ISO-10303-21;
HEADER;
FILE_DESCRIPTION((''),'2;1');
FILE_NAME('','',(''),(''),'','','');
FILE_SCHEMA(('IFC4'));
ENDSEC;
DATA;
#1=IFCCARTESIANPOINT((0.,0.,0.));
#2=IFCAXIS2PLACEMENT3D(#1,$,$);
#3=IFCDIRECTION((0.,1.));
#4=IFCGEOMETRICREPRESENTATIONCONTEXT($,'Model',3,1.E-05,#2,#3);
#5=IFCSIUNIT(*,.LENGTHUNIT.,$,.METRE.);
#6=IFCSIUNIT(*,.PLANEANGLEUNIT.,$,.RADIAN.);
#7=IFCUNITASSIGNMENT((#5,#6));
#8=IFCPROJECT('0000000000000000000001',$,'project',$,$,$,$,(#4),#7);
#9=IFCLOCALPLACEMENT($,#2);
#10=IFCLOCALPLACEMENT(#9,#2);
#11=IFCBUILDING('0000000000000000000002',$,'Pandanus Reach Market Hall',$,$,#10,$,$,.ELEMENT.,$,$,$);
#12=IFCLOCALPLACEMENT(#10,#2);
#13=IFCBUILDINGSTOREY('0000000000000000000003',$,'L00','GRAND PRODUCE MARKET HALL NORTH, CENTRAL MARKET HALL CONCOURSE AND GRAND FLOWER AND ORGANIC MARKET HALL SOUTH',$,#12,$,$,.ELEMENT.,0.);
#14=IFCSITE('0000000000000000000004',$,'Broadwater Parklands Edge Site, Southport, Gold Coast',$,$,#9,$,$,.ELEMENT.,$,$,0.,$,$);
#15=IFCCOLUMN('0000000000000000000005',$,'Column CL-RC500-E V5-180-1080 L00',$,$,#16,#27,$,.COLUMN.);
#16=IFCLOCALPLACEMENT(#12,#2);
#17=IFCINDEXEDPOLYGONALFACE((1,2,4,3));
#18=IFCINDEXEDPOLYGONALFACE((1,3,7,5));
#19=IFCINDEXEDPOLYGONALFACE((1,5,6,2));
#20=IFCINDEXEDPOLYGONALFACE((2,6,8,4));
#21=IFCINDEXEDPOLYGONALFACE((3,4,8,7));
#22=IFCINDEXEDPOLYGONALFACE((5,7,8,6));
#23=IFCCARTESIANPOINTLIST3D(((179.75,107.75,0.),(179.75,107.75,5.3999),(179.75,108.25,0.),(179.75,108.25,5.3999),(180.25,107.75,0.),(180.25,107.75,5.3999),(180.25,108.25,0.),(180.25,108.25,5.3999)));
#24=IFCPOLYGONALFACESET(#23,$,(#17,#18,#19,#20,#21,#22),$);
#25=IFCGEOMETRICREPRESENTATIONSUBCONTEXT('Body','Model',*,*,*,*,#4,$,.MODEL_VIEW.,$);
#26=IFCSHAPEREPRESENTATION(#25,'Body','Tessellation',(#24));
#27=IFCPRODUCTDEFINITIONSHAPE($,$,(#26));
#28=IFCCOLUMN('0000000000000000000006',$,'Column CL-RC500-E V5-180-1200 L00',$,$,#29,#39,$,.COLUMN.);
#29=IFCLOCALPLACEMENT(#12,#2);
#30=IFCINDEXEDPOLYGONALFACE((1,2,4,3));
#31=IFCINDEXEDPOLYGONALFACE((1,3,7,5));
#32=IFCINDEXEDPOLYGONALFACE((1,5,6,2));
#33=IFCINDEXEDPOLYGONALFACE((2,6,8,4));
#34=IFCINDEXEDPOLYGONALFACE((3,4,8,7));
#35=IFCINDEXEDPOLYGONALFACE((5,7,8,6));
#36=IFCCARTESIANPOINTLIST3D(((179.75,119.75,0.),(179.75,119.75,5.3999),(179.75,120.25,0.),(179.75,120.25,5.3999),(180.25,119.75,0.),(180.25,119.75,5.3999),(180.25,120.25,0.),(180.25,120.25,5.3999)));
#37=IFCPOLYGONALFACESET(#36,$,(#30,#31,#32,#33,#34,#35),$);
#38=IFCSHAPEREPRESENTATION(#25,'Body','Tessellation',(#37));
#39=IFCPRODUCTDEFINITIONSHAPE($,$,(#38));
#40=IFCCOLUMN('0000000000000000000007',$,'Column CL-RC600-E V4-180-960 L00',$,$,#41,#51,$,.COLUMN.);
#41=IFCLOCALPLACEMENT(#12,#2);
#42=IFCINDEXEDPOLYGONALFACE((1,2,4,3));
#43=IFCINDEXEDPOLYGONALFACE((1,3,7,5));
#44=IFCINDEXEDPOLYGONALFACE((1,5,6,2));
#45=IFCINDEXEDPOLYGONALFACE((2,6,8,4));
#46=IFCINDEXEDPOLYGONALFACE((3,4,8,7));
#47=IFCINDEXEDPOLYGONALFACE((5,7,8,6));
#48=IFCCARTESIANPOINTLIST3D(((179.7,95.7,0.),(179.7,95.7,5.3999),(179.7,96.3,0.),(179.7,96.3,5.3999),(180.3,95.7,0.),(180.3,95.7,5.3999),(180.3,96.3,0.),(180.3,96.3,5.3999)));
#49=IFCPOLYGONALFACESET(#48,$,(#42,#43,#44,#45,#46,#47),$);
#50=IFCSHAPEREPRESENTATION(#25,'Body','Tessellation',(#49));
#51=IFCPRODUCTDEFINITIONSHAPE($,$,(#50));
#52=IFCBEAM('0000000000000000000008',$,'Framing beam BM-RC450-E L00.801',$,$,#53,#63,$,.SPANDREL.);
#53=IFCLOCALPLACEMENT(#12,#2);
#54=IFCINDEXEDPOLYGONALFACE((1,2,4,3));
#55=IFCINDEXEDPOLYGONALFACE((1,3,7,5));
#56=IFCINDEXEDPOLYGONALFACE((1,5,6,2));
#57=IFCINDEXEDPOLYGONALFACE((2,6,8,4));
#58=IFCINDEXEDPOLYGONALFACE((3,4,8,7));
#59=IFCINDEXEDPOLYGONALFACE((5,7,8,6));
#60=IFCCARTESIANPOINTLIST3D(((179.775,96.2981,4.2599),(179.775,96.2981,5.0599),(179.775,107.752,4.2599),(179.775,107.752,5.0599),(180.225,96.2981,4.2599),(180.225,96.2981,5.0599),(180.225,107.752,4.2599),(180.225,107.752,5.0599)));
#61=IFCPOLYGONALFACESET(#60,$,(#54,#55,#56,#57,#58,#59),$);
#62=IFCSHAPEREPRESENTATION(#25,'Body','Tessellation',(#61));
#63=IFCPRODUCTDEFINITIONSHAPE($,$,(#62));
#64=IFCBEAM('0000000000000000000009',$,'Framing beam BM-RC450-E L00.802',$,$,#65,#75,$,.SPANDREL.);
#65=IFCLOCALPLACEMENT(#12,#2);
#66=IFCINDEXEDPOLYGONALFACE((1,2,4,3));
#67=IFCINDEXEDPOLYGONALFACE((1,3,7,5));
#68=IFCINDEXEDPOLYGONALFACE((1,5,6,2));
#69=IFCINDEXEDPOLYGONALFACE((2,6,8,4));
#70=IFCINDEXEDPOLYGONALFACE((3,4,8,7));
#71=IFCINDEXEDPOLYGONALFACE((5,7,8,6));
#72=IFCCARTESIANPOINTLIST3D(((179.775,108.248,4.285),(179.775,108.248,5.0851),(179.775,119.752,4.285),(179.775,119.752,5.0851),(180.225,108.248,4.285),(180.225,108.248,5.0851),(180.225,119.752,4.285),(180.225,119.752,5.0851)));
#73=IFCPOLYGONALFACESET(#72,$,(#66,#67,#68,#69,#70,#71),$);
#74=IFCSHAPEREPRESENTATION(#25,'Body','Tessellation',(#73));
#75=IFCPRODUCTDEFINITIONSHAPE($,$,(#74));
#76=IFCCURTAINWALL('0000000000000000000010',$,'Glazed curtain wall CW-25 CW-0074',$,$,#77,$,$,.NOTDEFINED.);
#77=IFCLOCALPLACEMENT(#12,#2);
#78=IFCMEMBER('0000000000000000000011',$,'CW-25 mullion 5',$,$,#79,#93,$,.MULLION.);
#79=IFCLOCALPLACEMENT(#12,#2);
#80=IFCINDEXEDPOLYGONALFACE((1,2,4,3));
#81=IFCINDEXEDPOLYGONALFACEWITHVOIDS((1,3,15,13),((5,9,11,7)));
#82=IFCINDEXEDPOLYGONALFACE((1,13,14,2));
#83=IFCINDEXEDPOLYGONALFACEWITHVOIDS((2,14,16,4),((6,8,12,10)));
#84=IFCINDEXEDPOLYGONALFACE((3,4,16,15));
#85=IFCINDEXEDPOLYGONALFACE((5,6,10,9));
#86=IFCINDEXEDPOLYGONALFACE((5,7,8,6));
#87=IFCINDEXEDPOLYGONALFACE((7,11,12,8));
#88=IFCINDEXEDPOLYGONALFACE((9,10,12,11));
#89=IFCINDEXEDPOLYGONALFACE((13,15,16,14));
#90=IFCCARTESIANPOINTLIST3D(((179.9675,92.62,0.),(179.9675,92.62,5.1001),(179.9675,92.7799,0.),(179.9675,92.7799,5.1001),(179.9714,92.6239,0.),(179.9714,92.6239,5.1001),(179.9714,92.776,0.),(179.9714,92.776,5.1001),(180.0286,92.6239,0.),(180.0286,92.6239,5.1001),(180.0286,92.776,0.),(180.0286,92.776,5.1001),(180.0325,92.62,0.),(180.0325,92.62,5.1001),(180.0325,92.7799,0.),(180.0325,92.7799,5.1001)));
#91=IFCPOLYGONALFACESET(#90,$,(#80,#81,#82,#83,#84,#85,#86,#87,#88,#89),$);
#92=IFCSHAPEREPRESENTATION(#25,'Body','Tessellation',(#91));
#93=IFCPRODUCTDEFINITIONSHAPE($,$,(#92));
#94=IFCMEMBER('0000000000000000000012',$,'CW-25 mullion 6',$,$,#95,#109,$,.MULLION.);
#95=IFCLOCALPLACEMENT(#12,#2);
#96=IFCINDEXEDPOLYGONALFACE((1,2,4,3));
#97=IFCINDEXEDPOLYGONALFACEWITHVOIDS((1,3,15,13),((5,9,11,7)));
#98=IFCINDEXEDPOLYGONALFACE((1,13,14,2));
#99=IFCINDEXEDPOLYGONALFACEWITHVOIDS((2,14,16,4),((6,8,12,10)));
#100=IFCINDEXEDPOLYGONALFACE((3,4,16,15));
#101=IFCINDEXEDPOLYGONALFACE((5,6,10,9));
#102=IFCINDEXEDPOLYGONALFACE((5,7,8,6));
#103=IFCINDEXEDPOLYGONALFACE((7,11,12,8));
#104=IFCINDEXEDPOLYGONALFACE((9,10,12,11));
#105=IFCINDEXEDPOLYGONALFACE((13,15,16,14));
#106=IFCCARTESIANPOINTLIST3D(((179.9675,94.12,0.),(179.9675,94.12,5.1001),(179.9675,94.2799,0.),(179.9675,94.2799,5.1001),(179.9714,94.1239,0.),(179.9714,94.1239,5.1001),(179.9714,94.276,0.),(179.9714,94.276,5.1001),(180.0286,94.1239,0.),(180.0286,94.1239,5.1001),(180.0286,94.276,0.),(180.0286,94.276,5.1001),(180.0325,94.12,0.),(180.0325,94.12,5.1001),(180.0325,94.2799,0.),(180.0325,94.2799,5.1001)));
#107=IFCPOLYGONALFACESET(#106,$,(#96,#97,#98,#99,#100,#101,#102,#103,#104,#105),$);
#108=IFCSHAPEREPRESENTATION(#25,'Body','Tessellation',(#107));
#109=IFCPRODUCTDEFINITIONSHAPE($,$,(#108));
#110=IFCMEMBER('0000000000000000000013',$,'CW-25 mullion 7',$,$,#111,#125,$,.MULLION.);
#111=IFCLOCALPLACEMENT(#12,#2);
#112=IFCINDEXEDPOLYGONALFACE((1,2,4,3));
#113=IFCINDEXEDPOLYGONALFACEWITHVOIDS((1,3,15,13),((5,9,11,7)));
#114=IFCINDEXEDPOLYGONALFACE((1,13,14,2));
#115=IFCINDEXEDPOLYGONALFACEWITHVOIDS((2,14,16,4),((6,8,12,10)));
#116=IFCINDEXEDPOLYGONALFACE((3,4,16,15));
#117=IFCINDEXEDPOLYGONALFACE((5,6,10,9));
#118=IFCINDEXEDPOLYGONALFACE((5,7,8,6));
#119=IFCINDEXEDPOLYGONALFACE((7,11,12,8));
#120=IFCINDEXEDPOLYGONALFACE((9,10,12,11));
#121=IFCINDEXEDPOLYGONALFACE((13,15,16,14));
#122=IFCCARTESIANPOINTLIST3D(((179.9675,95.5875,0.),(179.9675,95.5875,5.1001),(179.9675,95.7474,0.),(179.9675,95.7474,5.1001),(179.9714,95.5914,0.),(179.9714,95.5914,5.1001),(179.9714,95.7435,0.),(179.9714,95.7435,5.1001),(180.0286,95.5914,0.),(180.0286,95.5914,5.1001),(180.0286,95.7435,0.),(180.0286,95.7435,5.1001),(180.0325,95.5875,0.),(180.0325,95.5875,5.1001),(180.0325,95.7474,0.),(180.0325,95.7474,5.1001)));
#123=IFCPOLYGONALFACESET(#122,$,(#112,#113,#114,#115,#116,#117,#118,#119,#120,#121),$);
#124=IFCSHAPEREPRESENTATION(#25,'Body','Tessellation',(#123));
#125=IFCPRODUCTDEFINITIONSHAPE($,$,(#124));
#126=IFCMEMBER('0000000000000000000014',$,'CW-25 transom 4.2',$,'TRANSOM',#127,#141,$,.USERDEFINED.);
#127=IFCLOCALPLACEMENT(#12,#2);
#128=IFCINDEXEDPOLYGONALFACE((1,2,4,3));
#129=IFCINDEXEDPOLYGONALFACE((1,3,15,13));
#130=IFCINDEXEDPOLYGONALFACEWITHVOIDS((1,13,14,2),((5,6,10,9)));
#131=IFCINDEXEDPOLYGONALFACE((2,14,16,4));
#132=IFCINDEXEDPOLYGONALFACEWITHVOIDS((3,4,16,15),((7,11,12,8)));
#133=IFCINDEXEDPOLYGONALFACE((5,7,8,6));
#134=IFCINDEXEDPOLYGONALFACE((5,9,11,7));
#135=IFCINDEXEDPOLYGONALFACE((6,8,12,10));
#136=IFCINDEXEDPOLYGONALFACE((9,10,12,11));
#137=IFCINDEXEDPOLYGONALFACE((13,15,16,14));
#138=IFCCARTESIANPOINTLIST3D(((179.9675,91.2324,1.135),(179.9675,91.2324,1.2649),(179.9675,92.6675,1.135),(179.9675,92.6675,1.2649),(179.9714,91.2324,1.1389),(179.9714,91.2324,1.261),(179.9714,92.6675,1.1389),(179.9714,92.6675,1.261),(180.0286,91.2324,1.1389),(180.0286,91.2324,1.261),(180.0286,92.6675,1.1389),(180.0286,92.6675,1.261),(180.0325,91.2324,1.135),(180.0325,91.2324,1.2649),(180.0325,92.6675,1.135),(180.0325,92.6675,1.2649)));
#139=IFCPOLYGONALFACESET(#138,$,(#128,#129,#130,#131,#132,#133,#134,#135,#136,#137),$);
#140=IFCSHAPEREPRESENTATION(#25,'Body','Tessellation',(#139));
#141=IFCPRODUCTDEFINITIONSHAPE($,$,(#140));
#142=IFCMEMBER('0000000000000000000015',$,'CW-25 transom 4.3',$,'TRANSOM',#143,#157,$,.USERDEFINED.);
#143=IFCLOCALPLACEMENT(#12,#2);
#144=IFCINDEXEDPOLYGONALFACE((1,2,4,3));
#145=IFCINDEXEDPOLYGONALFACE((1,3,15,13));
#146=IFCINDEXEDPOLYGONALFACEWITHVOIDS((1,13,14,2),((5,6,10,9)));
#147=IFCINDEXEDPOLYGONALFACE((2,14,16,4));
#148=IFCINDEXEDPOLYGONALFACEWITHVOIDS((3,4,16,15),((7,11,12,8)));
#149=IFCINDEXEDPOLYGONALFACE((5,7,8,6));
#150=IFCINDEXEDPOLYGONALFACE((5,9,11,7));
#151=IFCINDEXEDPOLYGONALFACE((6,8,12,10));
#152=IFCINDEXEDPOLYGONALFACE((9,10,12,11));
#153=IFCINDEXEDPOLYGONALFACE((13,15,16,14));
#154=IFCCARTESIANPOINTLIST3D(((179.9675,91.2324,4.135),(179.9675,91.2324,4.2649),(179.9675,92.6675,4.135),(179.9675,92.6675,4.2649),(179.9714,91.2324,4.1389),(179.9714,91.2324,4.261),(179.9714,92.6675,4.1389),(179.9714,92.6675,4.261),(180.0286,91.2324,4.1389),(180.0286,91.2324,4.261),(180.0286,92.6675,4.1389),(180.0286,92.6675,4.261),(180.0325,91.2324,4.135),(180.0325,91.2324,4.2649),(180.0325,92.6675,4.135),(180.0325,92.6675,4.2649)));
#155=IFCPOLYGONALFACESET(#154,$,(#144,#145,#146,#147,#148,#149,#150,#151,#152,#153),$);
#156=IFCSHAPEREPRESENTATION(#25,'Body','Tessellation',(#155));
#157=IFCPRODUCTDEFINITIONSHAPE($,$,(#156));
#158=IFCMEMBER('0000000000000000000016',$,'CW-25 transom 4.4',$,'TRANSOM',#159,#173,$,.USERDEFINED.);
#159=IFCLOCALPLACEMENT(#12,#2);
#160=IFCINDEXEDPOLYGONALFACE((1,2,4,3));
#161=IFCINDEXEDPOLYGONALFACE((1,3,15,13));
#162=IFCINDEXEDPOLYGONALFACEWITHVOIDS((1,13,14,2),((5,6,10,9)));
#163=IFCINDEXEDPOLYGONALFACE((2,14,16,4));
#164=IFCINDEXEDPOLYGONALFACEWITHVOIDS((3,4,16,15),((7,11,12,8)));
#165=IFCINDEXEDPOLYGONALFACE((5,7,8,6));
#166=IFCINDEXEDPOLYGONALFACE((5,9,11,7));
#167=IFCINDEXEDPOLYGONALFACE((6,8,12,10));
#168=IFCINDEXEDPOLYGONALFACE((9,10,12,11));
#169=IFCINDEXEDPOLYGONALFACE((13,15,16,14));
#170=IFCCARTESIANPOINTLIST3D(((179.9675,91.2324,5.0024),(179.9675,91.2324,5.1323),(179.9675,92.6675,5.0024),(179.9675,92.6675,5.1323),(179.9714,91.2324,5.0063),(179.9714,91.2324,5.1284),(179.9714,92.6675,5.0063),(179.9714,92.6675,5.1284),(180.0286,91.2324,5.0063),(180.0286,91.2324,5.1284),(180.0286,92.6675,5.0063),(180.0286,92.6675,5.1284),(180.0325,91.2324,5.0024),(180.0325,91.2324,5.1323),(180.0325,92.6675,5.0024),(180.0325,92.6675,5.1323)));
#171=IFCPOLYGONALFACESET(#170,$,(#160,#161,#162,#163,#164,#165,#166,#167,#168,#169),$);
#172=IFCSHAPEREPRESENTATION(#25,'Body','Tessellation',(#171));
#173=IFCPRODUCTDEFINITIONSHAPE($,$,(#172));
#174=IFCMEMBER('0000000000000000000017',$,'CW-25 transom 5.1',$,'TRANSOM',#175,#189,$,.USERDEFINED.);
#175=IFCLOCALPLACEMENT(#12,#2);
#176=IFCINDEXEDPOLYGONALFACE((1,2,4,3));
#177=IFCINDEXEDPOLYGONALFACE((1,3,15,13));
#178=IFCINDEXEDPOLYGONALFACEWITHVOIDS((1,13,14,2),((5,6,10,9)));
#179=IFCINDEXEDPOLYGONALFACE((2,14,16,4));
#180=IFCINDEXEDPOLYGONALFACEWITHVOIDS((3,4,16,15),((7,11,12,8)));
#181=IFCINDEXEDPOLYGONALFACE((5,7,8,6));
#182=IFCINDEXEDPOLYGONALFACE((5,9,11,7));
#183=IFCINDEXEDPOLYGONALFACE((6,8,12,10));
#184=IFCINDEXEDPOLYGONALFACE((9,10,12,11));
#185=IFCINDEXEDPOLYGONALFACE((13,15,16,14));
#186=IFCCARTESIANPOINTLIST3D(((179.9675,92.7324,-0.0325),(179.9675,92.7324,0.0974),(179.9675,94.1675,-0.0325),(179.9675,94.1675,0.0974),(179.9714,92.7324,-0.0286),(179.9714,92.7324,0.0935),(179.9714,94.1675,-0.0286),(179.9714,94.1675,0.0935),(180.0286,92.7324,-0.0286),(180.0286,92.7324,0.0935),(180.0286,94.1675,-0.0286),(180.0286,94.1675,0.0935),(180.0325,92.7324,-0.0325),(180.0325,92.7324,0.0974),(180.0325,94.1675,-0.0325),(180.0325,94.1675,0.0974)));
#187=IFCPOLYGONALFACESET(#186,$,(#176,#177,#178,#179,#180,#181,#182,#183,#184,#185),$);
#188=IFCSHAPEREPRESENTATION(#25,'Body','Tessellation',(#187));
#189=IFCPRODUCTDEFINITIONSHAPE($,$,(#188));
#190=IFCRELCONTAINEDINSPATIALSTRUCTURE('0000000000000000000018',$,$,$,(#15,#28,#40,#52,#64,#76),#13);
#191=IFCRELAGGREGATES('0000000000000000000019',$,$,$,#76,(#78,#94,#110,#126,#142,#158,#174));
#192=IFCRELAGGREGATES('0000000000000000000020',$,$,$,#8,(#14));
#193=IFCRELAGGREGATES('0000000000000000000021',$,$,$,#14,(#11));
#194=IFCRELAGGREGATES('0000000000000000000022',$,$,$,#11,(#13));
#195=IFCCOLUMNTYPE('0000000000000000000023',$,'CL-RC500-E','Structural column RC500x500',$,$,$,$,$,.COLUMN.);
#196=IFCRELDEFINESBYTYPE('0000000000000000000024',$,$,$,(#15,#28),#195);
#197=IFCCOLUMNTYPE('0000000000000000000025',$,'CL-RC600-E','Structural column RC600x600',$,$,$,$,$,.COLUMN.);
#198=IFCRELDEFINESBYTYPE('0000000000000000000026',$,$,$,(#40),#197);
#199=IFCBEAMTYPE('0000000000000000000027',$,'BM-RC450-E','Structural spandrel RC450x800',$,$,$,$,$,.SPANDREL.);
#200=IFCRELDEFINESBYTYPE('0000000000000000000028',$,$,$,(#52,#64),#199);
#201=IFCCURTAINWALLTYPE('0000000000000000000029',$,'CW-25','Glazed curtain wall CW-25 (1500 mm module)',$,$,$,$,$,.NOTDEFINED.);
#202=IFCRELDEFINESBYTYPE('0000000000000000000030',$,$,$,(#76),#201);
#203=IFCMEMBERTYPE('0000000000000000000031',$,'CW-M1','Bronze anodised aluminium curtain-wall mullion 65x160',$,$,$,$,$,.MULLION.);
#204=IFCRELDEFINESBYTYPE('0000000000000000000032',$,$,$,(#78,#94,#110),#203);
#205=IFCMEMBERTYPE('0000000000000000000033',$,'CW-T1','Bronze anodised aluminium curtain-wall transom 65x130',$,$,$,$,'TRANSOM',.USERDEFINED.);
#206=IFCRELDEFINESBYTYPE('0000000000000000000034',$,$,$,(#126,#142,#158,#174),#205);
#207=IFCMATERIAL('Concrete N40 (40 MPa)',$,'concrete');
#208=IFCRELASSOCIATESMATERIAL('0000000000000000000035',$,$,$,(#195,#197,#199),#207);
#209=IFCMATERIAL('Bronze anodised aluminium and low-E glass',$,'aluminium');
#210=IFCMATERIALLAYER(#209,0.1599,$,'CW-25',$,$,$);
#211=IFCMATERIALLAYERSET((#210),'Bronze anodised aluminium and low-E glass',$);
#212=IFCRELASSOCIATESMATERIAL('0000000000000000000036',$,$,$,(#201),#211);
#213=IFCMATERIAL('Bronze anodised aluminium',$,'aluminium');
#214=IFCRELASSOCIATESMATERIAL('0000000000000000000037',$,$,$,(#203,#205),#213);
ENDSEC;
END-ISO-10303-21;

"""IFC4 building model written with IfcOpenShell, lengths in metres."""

from ifc_helpers import new_model, si_unit, direction, frame, origin, origin_2d, place, context, subcontext, project, spatial, rectangle, hollow_rectangle, extrude, material, layer, layer_set, material_profile, profile_set, type_object, element, aggregate, save


model = new_model("IFC4")

# Units and contexts
model_context = context("Model", 3, precision=1e-05, world=origin(), true_north=direction((0.0, 1.0)))
body_context = subcontext(model_context, "Body", "Model", "MODEL_VIEW")
ifc_project = project(units=[si_unit("LENGTHUNIT", "METRE"), si_unit("PLANEANGLEUNIT", "RADIAN")], contexts=[model_context])

# Site, building, storey
site_placement = place(None, origin())
site = spatial("IfcSite", under=ifc_project, at=site_placement, Name="Broadwater Parklands Edge Site, Southport, Gold Coast", CompositionType="ELEMENT", RefElevation=0.0)
building_placement = place(site_placement, origin())
building = spatial("IfcBuilding", under=site, at=building_placement, Name="Pandanus Reach Market Hall", CompositionType="ELEMENT")
storey_placement = place(building_placement, origin())
storey = spatial("IfcBuildingStorey", under=building, at=storey_placement, Name="L00", Description="GRAND PRODUCE MARKET HALL NORTH, CENTRAL MARKET HALL CONCOURSE AND GRAND FLOWER AND ORGANIC MARKET HALL SOUTH", CompositionType="ELEMENT", Elevation=0.0)

# Columns
ifc_material_1 = material(Name="Concrete N40 (40 MPa)", Category="concrete")
ifc_material_profile_1 = material_profile(ifc_material_1, rectangle(XDim=0.5, YDim=0.5, at=origin_2d()), Name="RC500x500", Category="LoadBearing")
ifc_profile_set_1 = profile_set([ifc_material_profile_1], Name="Concrete N40 (40 MPa)")
column_type_1 = type_object("IfcColumnType", Name="CL-RC500-E", Description="Structural column RC500x500", PredefinedType="COLUMN", material=ifc_profile_set_1)
for number, where, z_axis, x_axis, name in (
    (1, (180.0, 108.0, 0.0), (0.0, 0.0, 1.0), (1.0, 0.0, 0.0), "Column CL-RC500-E V5-180-1080 L00"),
    (2, (180.0, 120.0, 0.0), (0.0, 0.0, 1.0), (1.0, 0.0, 0.0), "Column CL-RC500-E V5-180-1200 L00"),
):
    element("IfcColumn", number, at=place(storey_placement, frame(where, z_axis=z_axis, x_axis=x_axis)), inside=storey, type_object=column_type_1, Name=name, PredefinedType="COLUMN", context=body_context, shape_type="SweptSolid", body=[
        extrude(rectangle(XDim=0.5, YDim=0.5, at=origin_2d()), origin(), (0.0, 0.0, 1.0), 5.3999),
    ])
ifc_material_profile_2 = material_profile(ifc_material_1, rectangle(XDim=0.6001, YDim=0.6001, at=origin_2d()), Name="RC600x600", Category="LoadBearing")
ifc_profile_set_2 = profile_set([ifc_material_profile_2], Name="Concrete N40 (40 MPa)")
column_type_2 = type_object("IfcColumnType", Name="CL-RC600-E", Description="Structural column RC600x600", PredefinedType="COLUMN", material=ifc_profile_set_2)
column_placement = place(storey_placement, frame((180.0, 96.0, 0.0), z_axis=(0.0, 0.0, 1.0), x_axis=(1.0, 0.0, 0.0)))
element("IfcColumn", 3, at=column_placement, inside=storey, type_object=column_type_2, Name="Column CL-RC600-E V4-180-960 L00", PredefinedType="COLUMN", context=body_context, shape_type="SweptSolid", body=[
    extrude(rectangle(XDim=0.6001, YDim=0.6001, at=origin_2d()), origin(), (0.0, 0.0, 1.0), 5.3999),
])

# Beams
ifc_material_profile_3 = material_profile(ifc_material_1, rectangle(XDim=0.45, YDim=0.8, at=origin_2d()), Name="RC450x800", Category="LoadBearing")
ifc_profile_set_3 = profile_set([ifc_material_profile_3], Name="Concrete N40 (40 MPa)")
beam_type_1 = type_object("IfcBeamType", Name="BM-RC450-E", Description="Structural spandrel RC450x800", PredefinedType="SPANDREL", material=ifc_profile_set_3)
beam_1_placement = place(storey_placement, frame((180.0, 96.2981, 4.6599), z_axis=(0.0, 1.0, 0.0), x_axis=(-1.0, 0.0, 0.0)))
element("IfcBeam", 4, at=beam_1_placement, inside=storey, type_object=beam_type_1, Name="Framing beam BM-RC450-E L00.801", PredefinedType="SPANDREL", context=body_context, shape_type="SweptSolid", body=[
    extrude(rectangle(XDim=0.45, YDim=0.8, at=origin_2d()), origin(), (0.0, 0.0, 1.0), 11.4539),
])
beam_2_placement = place(storey_placement, frame((180.0, 108.248, 4.6851), z_axis=(0.0, 1.0, 0.0), x_axis=(-1.0, 0.0, 0.0)))
element("IfcBeam", 5, at=beam_2_placement, inside=storey, type_object=beam_type_1, Name="Framing beam BM-RC450-E L00.802", PredefinedType="SPANDREL", context=body_context, shape_type="SweptSolid", body=[
    extrude(rectangle(XDim=0.45, YDim=0.8, at=origin_2d()), origin(), (0.0, 0.0, 1.0), 11.5039),
])

# Curtain wall, members
ifc_material_2 = material(Name="Bronze anodised aluminium and low-E glass", Category="aluminium")
ifc_layer_1 = layer(ifc_material_2, 0.1599, Name="CW-25")
ifc_layer_set_1 = layer_set([ifc_layer_1], Name="Bronze anodised aluminium and low-E glass")
curtain_wall_type = type_object("IfcCurtainWallType", Name="CW-25", Description="Glazed curtain wall CW-25 (1500 mm module)", PredefinedType="NOTDEFINED", material=ifc_layer_set_1)
curtain_wall_placement = place(storey_placement, origin())
curtain_wall = element("IfcCurtainWall", 6, at=curtain_wall_placement, inside=storey, type_object=curtain_wall_type, Name="Glazed curtain wall CW-25 CW-0074", PredefinedType="NOTDEFINED")
ifc_material_3 = material(Name="Bronze anodised aluminium", Category="aluminium")
ifc_material_profile_4 = material_profile(ifc_material_3, hollow_rectangle(XDim=0.0649, YDim=0.1599, WallThickness=0.0039, at=origin_2d()), Name="ALU65x160", Category="LoadBearing")
ifc_profile_set_4 = profile_set([ifc_material_profile_4], Name="Bronze anodised aluminium")
member_type_1 = type_object("IfcMemberType", Name="CW-M1", Description="Bronze anodised aluminium curtain-wall mullion 65x160", PredefinedType="MULLION", material=ifc_profile_set_4)
member_1_placement = place(storey_placement, frame((180.0, 92.7, 0.0), z_axis=(0.0, 0.0, 1.0), x_axis=(-1.0, 0.0, 0.0)))
member_1 = element("IfcMember", 7, at=member_1_placement, type_object=member_type_1, Name="CW-25 mullion 5", PredefinedType="MULLION", context=body_context, shape_type="SweptSolid", body=[
    extrude(hollow_rectangle(XDim=0.0649, YDim=0.1599, WallThickness=0.0039, at=origin_2d()), origin(), (0.0, 0.0, 1.0), 5.1001),
])
member_2_placement = place(storey_placement, frame((180.0, 94.2, 0.0), z_axis=(0.0, 0.0, 1.0), x_axis=(-1.0, 0.0, 0.0)))
member_2 = element("IfcMember", 8, at=member_2_placement, type_object=member_type_1, Name="CW-25 mullion 6", PredefinedType="MULLION", context=body_context, shape_type="SweptSolid", body=[
    extrude(hollow_rectangle(XDim=0.0649, YDim=0.1599, WallThickness=0.0039, at=origin_2d()), origin(), (0.0, 0.0, 1.0), 5.1001),
])
member_3_placement = place(storey_placement, frame((180.0, 95.6675, 0.0), z_axis=(0.0, 0.0, 1.0), x_axis=(-1.0, 0.0, 0.0)))
member_3 = element("IfcMember", 9, at=member_3_placement, type_object=member_type_1, Name="CW-25 mullion 7", PredefinedType="MULLION", context=body_context, shape_type="SweptSolid", body=[
    extrude(hollow_rectangle(XDim=0.0649, YDim=0.1599, WallThickness=0.0039, at=origin_2d()), origin(), (0.0, 0.0, 1.0), 5.1001),
])
ifc_material_profile_5 = material_profile(ifc_material_3, hollow_rectangle(XDim=0.0649, YDim=0.1299, WallThickness=0.0039, at=origin_2d()), Name="ALU65x130", Category="LoadBearing")
ifc_profile_set_5 = profile_set([ifc_material_profile_5], Name="Bronze anodised aluminium")
member_type_2 = type_object("IfcMemberType", Name="CW-T1", Description="Bronze anodised aluminium curtain-wall transom 65x130", ElementType="TRANSOM", PredefinedType="USERDEFINED", material=ifc_profile_set_5)
member_4_placement = place(storey_placement, frame((180.0, 91.2324, 1.2), z_axis=(0.0, 1.0, 0.0), x_axis=(-1.0, 0.0, 0.0)))
member_4 = element("IfcMember", 10, at=member_4_placement, type_object=member_type_2, Name="CW-25 transom 4.2", ObjectType="TRANSOM", PredefinedType="USERDEFINED", context=body_context, shape_type="SweptSolid", body=[
    extrude(hollow_rectangle(XDim=0.0649, YDim=0.1299, WallThickness=0.0039, at=origin_2d()), origin(), (0.0, 0.0, 1.0), 1.4351),
])
member_5_placement = place(storey_placement, frame((180.0, 91.2324, 4.2), z_axis=(0.0, 1.0, 0.0), x_axis=(-1.0, 0.0, 0.0)))
member_5 = element("IfcMember", 11, at=member_5_placement, type_object=member_type_2, Name="CW-25 transom 4.3", ObjectType="TRANSOM", PredefinedType="USERDEFINED", context=body_context, shape_type="SweptSolid", body=[
    extrude(hollow_rectangle(XDim=0.0649, YDim=0.1299, WallThickness=0.0039, at=origin_2d()), origin(), (0.0, 0.0, 1.0), 1.4351),
])
member_6_placement = place(storey_placement, frame((180.0, 91.2324, 5.0674), z_axis=(0.0, 1.0, 0.0), x_axis=(-1.0, 0.0, 0.0)))
member_6 = element("IfcMember", 12, at=member_6_placement, type_object=member_type_2, Name="CW-25 transom 4.4", ObjectType="TRANSOM", PredefinedType="USERDEFINED", context=body_context, shape_type="SweptSolid", body=[
    extrude(hollow_rectangle(XDim=0.0649, YDim=0.1299, WallThickness=0.0039, at=origin_2d()), origin(), (0.0, 0.0, 1.0), 1.4351),
])
member_7_placement = place(storey_placement, frame((180.0, 92.7324, 0.0325), z_axis=(0.0, 1.0, 0.0), x_axis=(-1.0, 0.0, 0.0)))
member_7 = element("IfcMember", 13, at=member_7_placement, type_object=member_type_2, Name="CW-25 transom 5.1", ObjectType="TRANSOM", PredefinedType="USERDEFINED", context=body_context, shape_type="SweptSolid", body=[
    extrude(hollow_rectangle(XDim=0.0649, YDim=0.1299, WallThickness=0.0039, at=origin_2d()), origin(), (0.0, 0.0, 1.0), 1.4351),
])

aggregate(curtain_wall, [member_1, member_2, member_3, member_4, member_5, member_6, member_7])

save(model, "model.ifc")
